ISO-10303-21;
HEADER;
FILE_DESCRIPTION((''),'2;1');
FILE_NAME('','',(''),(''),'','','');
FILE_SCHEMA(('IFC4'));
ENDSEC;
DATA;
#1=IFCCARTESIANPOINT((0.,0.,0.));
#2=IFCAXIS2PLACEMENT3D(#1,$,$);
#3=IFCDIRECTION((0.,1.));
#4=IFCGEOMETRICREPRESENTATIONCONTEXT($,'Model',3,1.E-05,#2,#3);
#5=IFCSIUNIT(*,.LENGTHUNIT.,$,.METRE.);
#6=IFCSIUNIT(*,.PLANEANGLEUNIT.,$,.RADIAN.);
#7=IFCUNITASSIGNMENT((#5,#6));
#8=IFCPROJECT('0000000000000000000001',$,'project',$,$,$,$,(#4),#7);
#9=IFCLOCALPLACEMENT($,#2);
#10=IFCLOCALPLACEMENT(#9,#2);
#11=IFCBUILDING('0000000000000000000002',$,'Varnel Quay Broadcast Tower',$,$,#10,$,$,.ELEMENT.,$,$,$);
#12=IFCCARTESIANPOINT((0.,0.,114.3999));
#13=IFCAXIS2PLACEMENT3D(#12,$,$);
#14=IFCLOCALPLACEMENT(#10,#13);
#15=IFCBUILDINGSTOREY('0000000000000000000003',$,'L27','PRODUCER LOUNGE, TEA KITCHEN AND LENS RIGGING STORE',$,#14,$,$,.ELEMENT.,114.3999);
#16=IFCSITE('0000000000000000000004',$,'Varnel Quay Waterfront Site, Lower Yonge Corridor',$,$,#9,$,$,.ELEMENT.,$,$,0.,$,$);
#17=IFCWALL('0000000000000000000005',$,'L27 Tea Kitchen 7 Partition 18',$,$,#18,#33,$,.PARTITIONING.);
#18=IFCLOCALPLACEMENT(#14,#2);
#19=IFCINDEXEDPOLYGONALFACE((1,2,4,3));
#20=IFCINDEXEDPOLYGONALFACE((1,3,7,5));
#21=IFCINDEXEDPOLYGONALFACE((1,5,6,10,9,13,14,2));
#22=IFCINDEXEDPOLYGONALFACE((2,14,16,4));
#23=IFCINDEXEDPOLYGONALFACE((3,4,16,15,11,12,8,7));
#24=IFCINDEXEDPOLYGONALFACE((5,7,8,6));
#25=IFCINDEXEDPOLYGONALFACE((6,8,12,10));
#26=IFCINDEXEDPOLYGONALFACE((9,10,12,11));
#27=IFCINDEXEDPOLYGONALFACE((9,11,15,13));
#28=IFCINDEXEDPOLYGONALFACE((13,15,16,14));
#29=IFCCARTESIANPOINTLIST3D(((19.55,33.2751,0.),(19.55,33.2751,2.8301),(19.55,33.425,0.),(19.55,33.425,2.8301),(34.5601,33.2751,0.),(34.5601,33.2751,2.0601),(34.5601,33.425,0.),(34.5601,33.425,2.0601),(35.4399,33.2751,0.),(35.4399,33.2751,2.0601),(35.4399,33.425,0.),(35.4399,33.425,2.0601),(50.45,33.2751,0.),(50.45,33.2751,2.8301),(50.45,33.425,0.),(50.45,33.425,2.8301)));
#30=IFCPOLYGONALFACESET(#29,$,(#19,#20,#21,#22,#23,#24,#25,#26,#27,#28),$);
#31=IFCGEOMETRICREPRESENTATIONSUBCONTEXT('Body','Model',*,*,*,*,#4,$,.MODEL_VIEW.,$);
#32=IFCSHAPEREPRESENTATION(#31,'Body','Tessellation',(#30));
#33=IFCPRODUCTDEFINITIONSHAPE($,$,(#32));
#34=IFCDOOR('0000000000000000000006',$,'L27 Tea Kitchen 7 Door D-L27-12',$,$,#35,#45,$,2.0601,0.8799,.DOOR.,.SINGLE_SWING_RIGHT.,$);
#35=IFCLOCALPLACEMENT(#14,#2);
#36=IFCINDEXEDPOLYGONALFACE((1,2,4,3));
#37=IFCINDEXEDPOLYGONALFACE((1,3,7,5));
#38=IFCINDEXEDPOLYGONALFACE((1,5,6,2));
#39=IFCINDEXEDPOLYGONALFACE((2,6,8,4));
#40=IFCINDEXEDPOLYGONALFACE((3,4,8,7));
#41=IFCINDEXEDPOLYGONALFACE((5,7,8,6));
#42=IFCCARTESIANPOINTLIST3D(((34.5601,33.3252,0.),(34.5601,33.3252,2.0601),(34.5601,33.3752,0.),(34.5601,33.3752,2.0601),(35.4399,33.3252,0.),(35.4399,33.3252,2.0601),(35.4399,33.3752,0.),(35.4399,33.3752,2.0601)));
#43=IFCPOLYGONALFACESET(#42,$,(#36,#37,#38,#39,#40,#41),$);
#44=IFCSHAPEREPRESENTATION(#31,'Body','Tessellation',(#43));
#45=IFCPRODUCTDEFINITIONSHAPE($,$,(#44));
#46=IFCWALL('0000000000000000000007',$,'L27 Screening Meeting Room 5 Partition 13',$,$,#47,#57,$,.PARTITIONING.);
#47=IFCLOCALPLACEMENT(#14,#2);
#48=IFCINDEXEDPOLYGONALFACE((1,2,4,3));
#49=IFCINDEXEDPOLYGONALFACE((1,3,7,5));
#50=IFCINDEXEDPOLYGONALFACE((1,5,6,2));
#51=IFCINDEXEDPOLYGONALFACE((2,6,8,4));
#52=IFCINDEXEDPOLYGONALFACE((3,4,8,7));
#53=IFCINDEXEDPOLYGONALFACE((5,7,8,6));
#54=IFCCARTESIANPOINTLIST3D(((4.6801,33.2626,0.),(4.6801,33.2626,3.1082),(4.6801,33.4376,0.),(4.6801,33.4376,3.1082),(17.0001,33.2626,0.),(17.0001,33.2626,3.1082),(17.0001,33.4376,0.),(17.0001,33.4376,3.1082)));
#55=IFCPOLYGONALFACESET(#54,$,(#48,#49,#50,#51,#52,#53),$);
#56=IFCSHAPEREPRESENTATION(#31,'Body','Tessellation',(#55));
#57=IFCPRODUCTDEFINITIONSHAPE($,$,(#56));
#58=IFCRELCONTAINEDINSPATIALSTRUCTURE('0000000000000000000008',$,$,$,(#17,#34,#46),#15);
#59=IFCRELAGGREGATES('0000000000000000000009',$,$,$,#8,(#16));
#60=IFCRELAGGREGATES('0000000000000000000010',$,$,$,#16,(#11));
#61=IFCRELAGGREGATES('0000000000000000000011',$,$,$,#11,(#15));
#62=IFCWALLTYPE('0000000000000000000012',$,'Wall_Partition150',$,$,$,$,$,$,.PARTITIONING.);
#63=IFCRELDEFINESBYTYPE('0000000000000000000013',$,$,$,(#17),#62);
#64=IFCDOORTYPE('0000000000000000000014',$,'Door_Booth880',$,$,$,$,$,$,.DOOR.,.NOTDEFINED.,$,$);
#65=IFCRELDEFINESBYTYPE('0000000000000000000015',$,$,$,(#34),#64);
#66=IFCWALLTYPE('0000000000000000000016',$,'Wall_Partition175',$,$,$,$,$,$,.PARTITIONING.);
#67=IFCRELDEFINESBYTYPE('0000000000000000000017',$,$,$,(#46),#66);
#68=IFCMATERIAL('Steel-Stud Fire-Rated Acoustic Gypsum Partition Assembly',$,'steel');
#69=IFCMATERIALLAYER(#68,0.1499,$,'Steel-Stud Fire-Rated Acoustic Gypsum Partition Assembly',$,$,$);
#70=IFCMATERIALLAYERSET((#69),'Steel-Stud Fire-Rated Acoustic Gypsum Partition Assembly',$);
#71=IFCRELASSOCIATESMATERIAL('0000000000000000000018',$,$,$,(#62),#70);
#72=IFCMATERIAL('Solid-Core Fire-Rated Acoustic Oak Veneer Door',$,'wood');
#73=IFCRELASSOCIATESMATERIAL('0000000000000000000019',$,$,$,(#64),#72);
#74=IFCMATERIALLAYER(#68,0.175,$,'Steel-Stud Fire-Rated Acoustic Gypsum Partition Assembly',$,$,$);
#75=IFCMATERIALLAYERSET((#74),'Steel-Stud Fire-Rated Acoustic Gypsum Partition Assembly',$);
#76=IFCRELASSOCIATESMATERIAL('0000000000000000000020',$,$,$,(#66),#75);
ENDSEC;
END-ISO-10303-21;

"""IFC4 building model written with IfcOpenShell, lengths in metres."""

from ifc_helpers import new_model, si_unit, direction, frame, frame_2d, origin, place, context, subcontext, project, spatial, rectangle, extrude, source, transform, mapped, material, layer, layer_set, type_object, type_shapes, element, fill, save


model = new_model("IFC4")

# Units and contexts
model_context = context("Model", 3, precision=1e-05, world=origin(), true_north=direction((0.0, 1.0)))
body_context = subcontext(model_context, "Body", "Model", "MODEL_VIEW")
ifc_project = project(units=[si_unit("LENGTHUNIT", "METRE"), si_unit("PLANEANGLEUNIT", "RADIAN")], contexts=[model_context])

# Site, building, storey
site_placement = place(None, origin())
site = spatial("IfcSite", under=ifc_project, at=site_placement, Name="Varnel Quay Waterfront Site, Lower Yonge Corridor", CompositionType="ELEMENT", RefElevation=0.0)
building_placement = place(site_placement, origin())
building = spatial("IfcBuilding", under=site, at=building_placement, Name="Varnel Quay Broadcast Tower", CompositionType="ELEMENT")
storey_placement = place(building_placement, frame((0.0, 0.0, 114.3999)))
storey = spatial("IfcBuildingStorey", under=building, at=storey_placement, Name="L27", Description="PRODUCER LOUNGE, TEA KITCHEN AND LENS RIGGING STORE", CompositionType="ELEMENT", Elevation=114.3999)

# Shared definitions
ifc_material_1 = material(Name="Steel-Stud Fire-Rated Acoustic Gypsum Partition Assembly", Category="steel")
ifc_layer_1 = layer(ifc_material_1, 0.1499, Name="Steel-Stud Fire-Rated Acoustic Gypsum Partition Assembly")
ifc_layer_set_1 = layer_set([ifc_layer_1], Name="Steel-Stud Fire-Rated Acoustic Gypsum Partition Assembly")
wall_type_1 = type_object("IfcWallType", Name="Wall_Partition150", PredefinedType="PARTITIONING", material=ifc_layer_set_1)

# Wall, opening, door
wall_1_placement = place(storey_placement, frame((19.55, 33.3501, 0.0), z_axis=(0.0, 0.0, 1.0), x_axis=(1.0, 0.0, 0.0)))
wall_1 = element("IfcWall", 1, at=wall_1_placement, inside=storey, type_object=wall_type_1, Name="L27 Tea Kitchen 7 Partition 18", PredefinedType="PARTITIONING", context=body_context, shape_type="SweptSolid", body=[
    extrude(rectangle(XDim=30.8999, YDim=0.1499, at=frame_2d((15.45, 0.0))), origin(), (0.0, 0.0, 1.0), 2.8301),
])
opening_placement = place(wall_1_placement, frame((15.01, 0.0, 0.0)))
opening = element("IfcOpeningElement", 2, at=opening_placement, cuts=wall_1, PredefinedType="OPENING", context=body_context, shape_type="SweptSolid", body=[
    extrude(rectangle(XDim=0.8799, YDim=2.0601, at=frame_2d((0.4399, 1.03))), frame((0.0, 0.085, 0.0), z_axis=(0.0, -1.0, 0.0), x_axis=(1.0, 0.0, 0.0)), (0.0, 0.0, 1.0), 0.1699),
])
ifc_material_2 = material(Name="Solid-Core Fire-Rated Acoustic Oak Veneer Door", Category="wood")
door_type = type_object("IfcDoorType", Name="Door_Booth880", OperationType="NOTDEFINED", PredefinedType="DOOR", material=ifc_material_2)
shared_shape_1 = source(origin(), body_context, "Body", "SweptSolid", [
    extrude(rectangle(XDim=0.8799, YDim=2.0601, at=frame_2d((0.4399, 1.03))), frame((0.0, 0.0249, 0.0), z_axis=(0.0, -1.0, 0.0), x_axis=(1.0, 0.0, 0.0)), (0.0, 0.0, 1.0), 0.05),
])
type_shapes(door_type, [shared_shape_1])
door_placement = place(opening_placement, frame((0.8799, 0.0, 0.0), z_axis=(0.0, 0.0, 1.0), x_axis=(-1.0, 0.0, 0.0)))
door = element("IfcDoor", 3, at=door_placement, inside=storey, type_object=door_type, Name="L27 Tea Kitchen 7 Door D-L27-12", OperationType="SINGLE_SWING_RIGHT", OverallHeight=2.0601, OverallWidth=0.8799, PredefinedType="DOOR", context=body_context, shape_type="MappedRepresentation", body=[
    mapped(shared_shape_1, transform((0.0, 0.0, 0.0), x_axis=(1.0, 0.0, 0.0), y_axis=(0.0, 1.0, 0.0), z_axis=(0.0, 0.0, 1.0), scale=1.0)),
])
fill(opening, door)

# Wall
ifc_layer_2 = layer(ifc_material_1, 0.175, Name="Steel-Stud Fire-Rated Acoustic Gypsum Partition Assembly")
ifc_layer_set_2 = layer_set([ifc_layer_2], Name="Steel-Stud Fire-Rated Acoustic Gypsum Partition Assembly")
wall_type_2 = type_object("IfcWallType", Name="Wall_Partition175", PredefinedType="PARTITIONING", material=ifc_layer_set_2)
wall_2_placement = place(storey_placement, frame((4.6799, 33.3501, 0.0), z_axis=(0.0, 0.0, 1.0), x_axis=(1.0, 0.0, 0.0)))
element("IfcWall", 4, at=wall_2_placement, inside=storey, type_object=wall_type_2, Name="L27 Screening Meeting Room 5 Partition 13", PredefinedType="PARTITIONING", context=body_context, shape_type="SweptSolid", body=[
    extrude(rectangle(XDim=12.3201, YDim=0.175, at=frame_2d((6.1602, 0.0))), origin(), (0.0, 0.0, 1.0), 3.1082),
])

save(model, "model.ifc")
